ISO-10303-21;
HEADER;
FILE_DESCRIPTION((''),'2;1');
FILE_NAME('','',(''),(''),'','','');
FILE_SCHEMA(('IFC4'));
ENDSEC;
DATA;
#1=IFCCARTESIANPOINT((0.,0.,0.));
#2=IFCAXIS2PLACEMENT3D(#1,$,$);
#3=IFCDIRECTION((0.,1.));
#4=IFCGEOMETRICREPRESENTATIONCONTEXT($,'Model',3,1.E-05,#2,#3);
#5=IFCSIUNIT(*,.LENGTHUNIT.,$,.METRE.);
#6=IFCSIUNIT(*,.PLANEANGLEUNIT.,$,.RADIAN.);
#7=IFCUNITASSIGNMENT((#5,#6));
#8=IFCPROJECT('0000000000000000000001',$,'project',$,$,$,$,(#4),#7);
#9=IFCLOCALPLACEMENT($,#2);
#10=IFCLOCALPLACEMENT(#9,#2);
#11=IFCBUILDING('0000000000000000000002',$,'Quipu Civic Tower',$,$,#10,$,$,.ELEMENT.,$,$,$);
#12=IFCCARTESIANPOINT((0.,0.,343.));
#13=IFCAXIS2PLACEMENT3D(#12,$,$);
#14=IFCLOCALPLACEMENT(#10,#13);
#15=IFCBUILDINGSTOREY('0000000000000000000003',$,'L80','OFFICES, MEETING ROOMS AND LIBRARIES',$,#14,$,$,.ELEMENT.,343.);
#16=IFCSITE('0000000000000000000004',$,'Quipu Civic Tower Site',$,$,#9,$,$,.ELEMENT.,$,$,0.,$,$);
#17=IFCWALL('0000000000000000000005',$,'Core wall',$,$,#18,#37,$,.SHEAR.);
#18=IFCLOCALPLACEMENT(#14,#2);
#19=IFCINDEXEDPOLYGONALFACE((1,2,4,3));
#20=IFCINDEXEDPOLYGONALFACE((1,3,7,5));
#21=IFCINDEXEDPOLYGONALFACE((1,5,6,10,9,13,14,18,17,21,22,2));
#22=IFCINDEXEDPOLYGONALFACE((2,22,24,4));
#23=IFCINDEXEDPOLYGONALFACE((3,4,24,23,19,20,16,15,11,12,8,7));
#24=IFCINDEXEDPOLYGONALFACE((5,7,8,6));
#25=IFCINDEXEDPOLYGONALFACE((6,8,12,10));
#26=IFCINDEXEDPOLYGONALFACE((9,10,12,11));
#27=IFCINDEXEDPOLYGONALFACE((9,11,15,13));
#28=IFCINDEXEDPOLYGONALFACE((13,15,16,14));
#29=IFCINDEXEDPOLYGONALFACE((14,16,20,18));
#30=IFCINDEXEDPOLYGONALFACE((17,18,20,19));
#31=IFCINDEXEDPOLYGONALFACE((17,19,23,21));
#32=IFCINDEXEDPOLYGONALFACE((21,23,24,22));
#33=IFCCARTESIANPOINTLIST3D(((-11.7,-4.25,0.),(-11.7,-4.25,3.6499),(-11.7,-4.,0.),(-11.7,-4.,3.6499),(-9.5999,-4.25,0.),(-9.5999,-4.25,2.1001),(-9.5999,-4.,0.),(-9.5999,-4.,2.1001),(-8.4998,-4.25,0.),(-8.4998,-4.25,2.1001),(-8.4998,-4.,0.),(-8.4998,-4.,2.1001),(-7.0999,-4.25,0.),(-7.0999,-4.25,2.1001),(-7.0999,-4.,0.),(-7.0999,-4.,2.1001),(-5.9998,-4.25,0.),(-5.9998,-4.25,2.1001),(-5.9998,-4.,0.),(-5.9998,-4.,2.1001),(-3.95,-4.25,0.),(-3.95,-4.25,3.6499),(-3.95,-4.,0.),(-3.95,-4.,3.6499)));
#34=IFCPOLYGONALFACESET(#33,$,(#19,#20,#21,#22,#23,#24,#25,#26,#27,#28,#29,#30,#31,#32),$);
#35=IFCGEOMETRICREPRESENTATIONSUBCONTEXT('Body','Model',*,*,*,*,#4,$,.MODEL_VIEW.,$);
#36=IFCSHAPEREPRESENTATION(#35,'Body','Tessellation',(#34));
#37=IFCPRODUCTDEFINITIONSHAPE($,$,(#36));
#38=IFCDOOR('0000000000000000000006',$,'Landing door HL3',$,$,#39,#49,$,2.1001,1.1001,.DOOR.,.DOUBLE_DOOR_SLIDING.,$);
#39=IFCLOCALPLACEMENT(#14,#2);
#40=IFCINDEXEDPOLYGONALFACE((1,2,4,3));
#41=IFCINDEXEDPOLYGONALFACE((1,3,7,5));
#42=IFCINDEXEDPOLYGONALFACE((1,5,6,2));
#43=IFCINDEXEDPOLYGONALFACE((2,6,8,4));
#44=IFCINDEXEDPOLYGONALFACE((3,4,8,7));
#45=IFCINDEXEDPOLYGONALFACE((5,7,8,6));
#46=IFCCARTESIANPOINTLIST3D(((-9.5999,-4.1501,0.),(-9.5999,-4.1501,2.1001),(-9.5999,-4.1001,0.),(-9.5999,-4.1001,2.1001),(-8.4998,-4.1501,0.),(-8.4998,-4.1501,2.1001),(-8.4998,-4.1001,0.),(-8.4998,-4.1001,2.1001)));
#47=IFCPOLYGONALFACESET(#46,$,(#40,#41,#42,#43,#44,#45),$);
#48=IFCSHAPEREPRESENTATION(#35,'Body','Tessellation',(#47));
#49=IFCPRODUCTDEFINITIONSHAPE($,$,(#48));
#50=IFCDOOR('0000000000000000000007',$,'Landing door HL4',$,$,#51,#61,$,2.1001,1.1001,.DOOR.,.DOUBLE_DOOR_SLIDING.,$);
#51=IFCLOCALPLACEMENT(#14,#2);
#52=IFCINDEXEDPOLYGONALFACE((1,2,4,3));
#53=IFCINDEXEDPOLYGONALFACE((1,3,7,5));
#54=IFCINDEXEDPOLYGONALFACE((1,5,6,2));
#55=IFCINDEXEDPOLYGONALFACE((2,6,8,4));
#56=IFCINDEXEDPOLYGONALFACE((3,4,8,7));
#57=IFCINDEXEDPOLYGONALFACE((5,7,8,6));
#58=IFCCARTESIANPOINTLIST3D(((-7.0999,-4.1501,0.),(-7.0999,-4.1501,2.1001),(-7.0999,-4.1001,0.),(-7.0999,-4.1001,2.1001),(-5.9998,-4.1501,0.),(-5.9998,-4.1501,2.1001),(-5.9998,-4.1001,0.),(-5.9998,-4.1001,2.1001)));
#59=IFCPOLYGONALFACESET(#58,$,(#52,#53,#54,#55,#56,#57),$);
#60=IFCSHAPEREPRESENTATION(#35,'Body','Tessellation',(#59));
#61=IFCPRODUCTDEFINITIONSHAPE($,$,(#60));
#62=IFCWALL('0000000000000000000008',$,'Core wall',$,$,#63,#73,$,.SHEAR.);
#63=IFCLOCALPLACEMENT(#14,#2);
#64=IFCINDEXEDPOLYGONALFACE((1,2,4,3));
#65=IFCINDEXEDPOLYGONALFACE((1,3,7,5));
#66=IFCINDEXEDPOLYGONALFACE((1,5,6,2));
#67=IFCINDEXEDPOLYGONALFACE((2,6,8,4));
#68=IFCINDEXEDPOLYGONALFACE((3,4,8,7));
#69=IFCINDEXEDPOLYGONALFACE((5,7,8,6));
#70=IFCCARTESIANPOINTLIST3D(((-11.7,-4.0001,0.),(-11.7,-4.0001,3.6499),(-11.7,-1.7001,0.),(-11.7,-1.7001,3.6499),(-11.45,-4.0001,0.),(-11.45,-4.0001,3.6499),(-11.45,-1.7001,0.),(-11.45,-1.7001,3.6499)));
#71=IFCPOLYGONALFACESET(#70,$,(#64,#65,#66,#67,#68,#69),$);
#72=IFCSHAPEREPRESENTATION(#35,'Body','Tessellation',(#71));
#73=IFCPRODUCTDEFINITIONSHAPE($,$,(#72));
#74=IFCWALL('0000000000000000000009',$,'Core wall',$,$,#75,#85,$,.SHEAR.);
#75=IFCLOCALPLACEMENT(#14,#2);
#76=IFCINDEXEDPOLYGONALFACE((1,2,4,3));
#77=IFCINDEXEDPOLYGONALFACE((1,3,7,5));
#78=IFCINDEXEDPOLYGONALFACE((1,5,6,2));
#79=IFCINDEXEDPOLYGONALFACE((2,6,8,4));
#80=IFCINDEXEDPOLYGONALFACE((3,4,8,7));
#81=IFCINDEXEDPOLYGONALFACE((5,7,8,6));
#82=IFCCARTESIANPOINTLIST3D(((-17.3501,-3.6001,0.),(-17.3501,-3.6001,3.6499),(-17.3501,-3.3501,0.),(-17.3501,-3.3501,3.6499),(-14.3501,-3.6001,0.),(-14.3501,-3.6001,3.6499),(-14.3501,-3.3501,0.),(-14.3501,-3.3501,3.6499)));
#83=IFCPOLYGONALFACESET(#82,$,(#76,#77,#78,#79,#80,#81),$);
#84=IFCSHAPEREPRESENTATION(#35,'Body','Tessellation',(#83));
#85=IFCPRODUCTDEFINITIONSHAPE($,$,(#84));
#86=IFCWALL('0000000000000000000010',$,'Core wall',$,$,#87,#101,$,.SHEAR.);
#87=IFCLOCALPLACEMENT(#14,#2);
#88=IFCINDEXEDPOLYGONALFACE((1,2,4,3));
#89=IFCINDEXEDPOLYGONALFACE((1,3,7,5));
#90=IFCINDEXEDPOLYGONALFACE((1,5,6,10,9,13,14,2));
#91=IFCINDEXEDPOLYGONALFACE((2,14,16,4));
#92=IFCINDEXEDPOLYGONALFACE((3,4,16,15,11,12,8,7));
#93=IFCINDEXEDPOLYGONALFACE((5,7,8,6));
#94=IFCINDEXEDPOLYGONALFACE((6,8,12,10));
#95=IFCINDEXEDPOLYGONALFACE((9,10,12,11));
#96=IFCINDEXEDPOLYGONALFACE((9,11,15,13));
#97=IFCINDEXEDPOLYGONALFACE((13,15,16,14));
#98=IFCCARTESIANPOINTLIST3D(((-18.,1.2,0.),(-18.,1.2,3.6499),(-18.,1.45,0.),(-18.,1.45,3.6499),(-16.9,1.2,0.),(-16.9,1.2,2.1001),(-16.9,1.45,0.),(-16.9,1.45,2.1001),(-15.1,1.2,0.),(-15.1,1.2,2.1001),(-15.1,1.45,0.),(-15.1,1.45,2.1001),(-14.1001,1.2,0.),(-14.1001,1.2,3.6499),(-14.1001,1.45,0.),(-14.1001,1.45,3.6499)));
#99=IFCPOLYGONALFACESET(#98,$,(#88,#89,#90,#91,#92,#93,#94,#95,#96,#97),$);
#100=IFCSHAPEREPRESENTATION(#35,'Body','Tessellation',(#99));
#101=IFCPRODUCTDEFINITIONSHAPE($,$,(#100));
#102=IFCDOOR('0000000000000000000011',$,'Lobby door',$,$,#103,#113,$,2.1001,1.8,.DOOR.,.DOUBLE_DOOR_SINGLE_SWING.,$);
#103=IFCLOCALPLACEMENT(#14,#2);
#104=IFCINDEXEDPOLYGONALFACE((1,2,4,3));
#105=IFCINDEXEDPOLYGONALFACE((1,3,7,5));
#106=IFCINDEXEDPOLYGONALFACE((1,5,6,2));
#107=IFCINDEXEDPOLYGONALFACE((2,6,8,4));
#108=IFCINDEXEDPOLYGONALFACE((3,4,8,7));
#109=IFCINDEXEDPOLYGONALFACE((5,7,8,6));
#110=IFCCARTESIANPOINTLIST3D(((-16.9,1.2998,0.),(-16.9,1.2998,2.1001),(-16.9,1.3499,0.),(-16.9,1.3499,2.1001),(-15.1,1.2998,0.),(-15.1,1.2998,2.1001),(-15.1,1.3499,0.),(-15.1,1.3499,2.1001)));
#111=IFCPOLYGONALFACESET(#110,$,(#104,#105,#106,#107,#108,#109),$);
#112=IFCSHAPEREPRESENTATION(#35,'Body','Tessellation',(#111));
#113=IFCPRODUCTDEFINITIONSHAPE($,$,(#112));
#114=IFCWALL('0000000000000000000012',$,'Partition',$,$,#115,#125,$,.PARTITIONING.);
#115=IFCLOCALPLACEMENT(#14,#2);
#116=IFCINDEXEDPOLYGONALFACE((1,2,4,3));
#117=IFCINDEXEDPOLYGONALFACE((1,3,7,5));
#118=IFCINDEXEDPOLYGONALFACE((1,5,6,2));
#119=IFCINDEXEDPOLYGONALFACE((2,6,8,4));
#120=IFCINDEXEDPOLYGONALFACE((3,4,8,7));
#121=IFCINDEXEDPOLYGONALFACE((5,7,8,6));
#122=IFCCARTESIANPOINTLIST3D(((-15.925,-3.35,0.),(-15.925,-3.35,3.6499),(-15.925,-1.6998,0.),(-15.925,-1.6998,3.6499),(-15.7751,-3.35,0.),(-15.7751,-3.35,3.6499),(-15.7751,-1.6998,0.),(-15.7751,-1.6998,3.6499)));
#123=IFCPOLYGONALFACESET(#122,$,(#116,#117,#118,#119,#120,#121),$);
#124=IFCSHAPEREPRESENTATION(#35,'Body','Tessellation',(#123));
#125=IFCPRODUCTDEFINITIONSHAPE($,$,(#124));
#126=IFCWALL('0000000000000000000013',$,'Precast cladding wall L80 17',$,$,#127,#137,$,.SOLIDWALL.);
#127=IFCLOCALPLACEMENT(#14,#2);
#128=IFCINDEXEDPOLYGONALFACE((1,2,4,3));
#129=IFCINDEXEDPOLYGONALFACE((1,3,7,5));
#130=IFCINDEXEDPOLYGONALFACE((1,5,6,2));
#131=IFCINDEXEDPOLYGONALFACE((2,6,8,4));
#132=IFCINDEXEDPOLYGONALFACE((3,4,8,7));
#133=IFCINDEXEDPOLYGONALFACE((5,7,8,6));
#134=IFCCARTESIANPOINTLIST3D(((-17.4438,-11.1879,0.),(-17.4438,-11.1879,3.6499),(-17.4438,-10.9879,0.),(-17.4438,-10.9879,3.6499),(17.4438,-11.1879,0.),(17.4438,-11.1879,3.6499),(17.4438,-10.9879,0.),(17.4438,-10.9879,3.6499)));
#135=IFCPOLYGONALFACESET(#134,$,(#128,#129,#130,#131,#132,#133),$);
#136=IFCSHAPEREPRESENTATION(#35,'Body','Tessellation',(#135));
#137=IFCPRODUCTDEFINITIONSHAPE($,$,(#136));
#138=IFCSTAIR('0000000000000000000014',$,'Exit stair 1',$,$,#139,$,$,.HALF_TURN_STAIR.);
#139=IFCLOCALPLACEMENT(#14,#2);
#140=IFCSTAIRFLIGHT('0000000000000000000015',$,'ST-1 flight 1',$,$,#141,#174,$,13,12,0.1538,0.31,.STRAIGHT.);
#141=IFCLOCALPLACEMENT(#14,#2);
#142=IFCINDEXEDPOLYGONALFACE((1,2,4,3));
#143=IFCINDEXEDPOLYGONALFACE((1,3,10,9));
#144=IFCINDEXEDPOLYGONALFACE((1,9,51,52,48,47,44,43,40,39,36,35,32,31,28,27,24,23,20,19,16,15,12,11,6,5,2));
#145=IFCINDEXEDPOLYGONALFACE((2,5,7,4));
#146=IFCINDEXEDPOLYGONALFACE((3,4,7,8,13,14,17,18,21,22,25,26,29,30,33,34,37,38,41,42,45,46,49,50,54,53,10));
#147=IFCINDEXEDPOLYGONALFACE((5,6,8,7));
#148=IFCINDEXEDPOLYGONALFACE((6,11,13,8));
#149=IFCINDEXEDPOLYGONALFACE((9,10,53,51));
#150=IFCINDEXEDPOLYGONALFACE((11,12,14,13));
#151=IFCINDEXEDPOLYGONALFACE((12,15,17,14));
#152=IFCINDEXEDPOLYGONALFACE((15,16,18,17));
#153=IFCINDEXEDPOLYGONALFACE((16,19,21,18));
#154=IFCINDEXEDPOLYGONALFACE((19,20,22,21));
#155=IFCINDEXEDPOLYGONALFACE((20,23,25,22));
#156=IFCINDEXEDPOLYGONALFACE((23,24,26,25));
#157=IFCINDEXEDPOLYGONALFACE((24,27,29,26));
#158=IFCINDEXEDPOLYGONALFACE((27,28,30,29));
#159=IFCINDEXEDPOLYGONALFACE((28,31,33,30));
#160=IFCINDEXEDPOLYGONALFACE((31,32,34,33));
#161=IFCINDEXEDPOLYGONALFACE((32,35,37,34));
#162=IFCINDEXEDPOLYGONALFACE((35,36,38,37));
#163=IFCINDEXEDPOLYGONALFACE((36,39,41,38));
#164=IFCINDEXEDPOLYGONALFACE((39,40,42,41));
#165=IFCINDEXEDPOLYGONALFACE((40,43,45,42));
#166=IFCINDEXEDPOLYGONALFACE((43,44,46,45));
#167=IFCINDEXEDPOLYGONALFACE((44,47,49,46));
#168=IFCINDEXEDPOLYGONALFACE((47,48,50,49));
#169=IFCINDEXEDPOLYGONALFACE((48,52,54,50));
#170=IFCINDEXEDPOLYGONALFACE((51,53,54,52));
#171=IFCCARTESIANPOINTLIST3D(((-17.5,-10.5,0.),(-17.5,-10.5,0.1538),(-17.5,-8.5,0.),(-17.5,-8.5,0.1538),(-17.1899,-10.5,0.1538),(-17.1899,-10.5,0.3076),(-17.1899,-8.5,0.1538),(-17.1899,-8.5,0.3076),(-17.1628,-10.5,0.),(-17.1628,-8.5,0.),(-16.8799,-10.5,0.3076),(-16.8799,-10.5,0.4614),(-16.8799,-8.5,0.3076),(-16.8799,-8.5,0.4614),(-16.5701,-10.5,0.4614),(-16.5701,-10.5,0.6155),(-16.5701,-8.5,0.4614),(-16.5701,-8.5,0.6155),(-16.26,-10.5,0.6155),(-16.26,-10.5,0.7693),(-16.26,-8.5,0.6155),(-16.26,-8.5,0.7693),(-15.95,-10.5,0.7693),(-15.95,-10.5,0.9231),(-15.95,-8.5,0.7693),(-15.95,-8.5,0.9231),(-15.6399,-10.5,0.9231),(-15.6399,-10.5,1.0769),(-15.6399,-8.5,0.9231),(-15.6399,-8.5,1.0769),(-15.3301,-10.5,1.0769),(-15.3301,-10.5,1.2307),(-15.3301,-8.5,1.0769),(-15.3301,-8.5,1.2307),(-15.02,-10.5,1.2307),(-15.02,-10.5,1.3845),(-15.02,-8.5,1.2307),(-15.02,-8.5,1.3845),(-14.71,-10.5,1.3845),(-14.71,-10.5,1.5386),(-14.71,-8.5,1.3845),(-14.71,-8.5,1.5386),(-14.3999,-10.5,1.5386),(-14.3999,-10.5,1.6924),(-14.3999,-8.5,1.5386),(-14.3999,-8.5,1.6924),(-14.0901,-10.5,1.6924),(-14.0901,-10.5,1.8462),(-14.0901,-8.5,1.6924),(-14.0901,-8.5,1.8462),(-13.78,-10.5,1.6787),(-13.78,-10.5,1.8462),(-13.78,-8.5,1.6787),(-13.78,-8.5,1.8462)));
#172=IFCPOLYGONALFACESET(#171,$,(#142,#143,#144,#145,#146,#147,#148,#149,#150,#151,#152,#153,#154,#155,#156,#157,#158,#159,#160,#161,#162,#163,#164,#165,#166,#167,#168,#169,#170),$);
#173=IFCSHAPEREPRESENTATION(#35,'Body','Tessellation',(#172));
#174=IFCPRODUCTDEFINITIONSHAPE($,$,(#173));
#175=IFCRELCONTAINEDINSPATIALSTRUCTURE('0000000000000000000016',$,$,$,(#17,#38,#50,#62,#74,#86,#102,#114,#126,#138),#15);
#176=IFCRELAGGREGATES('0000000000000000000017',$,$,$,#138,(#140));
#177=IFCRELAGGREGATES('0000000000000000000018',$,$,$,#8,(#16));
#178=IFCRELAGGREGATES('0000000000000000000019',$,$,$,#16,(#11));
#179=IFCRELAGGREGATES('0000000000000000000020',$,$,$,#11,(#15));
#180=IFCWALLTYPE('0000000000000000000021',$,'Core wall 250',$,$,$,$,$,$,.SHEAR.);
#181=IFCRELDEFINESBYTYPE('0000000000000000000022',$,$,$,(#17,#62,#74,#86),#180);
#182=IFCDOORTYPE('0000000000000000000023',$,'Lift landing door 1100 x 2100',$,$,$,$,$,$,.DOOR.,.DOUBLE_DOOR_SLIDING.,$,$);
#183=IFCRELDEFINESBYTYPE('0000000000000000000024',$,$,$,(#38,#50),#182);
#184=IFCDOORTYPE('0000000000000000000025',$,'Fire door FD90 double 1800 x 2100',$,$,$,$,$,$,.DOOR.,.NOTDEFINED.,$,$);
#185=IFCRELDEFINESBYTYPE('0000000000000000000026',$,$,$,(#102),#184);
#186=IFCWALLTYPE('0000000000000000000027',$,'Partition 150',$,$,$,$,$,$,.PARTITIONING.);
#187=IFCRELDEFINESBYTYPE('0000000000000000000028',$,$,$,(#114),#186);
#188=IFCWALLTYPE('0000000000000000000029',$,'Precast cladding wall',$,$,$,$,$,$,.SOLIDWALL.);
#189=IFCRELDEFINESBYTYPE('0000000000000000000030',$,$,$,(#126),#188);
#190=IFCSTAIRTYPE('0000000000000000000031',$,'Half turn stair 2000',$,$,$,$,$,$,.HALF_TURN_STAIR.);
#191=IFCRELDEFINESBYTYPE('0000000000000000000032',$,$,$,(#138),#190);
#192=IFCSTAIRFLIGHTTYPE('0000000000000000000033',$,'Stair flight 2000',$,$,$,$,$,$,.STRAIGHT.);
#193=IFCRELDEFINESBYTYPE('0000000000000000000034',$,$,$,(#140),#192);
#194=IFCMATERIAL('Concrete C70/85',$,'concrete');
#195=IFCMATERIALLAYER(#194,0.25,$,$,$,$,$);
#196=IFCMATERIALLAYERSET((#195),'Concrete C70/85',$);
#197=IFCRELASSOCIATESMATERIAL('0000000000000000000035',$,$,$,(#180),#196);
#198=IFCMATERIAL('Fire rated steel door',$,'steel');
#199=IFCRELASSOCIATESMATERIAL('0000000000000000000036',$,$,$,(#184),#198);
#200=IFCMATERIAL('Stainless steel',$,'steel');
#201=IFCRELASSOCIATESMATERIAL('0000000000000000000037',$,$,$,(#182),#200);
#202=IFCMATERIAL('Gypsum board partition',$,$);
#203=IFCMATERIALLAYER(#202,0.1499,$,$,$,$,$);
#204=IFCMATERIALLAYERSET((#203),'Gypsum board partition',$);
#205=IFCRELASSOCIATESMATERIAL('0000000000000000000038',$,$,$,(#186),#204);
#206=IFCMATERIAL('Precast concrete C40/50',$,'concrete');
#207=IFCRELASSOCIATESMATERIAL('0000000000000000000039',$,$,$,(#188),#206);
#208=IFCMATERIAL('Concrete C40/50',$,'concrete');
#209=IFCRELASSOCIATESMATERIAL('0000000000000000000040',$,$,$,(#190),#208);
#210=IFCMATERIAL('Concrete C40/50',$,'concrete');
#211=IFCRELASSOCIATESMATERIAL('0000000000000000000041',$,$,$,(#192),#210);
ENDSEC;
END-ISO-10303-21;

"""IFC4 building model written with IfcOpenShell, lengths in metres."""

from ifc_helpers import new_model, si_unit, direction, frame, frame_2d, origin, place, context, subcontext, project, spatial, polyline, rectangle, outline, extrude, material, layer, layer_set, type_object, element, fill, aggregate, save


model = new_model("IFC4")

# Units and contexts
model_context = context("Model", 3, precision=1e-05, world=origin(), true_north=direction((0.0, 1.0)))
body_context = subcontext(model_context, "Body", "Model", "MODEL_VIEW")
ifc_project = project(units=[si_unit("LENGTHUNIT", "METRE"), si_unit("PLANEANGLEUNIT", "RADIAN")], contexts=[model_context])

# Site, building, storey
site_placement = place(None, origin())
site = spatial("IfcSite", under=ifc_project, at=site_placement, Name="Quipu Civic Tower Site", CompositionType="ELEMENT", RefElevation=0.0)
building_placement = place(site_placement, origin())
building = spatial("IfcBuilding", under=site, at=building_placement, Name="Quipu Civic Tower", CompositionType="ELEMENT")
storey_placement = place(building_placement, frame((0.0, 0.0, 343.0)))
storey = spatial("IfcBuildingStorey", under=building, at=storey_placement, Name="L80", Description="OFFICES, MEETING ROOMS AND LIBRARIES", CompositionType="ELEMENT", Elevation=343.0)

# Shared definitions
ifc_material_1 = material(Name="Concrete C70/85", Category="concrete")
ifc_layer_1 = layer(ifc_material_1, 0.25)
ifc_layer_set_1 = layer_set([ifc_layer_1], Name="Concrete C70/85")
wall_type_1 = type_object("IfcWallType", Name="Core wall 250", PredefinedType="SHEAR", material=ifc_layer_set_1)

# Shared definitions
ifc_material_2 = material(Name="Fire rated steel door", Category="steel")
door_type_1 = type_object("IfcDoorType", Name="Fire door FD90 double 1800 x 2100", OperationType="NOTDEFINED", PredefinedType="DOOR", material=ifc_material_2)

# Wall, openings, doors
wall_1_placement = place(storey_placement, frame((-11.7, -4.125, 0.0), z_axis=(0.0, 0.0, 1.0), x_axis=(1.0, 0.0, 0.0)))
wall_1 = element("IfcWall", 1, at=wall_1_placement, inside=storey, type_object=wall_type_1, Name="Core wall", PredefinedType="SHEAR", context=body_context, shape_type="SweptSolid", body=[
    extrude(rectangle(XDim=7.75, YDim=0.25, at=frame_2d((3.875, 0.0))), origin(), (0.0, 0.0, 1.0), 3.6499),
])
opening_1_placement = place(wall_1_placement, frame((2.1001, 0.0, 0.0)))
opening_1 = element("IfcOpeningElement", 2, at=opening_1_placement, cuts=wall_1, PredefinedType="OPENING", context=body_context, shape_type="SweptSolid", body=[
    extrude(rectangle(XDim=1.1001, YDim=2.1001, at=frame_2d((0.55, 1.05))), frame((0.0, 0.135, 0.0), z_axis=(0.0, -1.0, 0.0), x_axis=(1.0, 0.0, 0.0)), (0.0, 0.0, 1.0), 0.27),
])
opening_2_placement = place(wall_1_placement, frame((4.6001, 0.0, 0.0)))
opening_2 = element("IfcOpeningElement", 3, at=opening_2_placement, cuts=wall_1, PredefinedType="OPENING", context=body_context, shape_type="SweptSolid", body=[
    extrude(rectangle(XDim=1.1001, YDim=2.1001, at=frame_2d((0.55, 1.05))), frame((0.0, 0.135, 0.0), z_axis=(0.0, -1.0, 0.0), x_axis=(1.0, 0.0, 0.0)), (0.0, 0.0, 1.0), 0.27),
])
ifc_material_3 = material(Name="Stainless steel", Category="steel")
door_type_2 = type_object("IfcDoorType", Name="Lift landing door 1100 x 2100", OperationType="DOUBLE_DOOR_SLIDING", PredefinedType="DOOR", material=ifc_material_3)
door_1_placement = place(opening_1_placement, origin())
door_1 = element("IfcDoor", 4, at=door_1_placement, inside=storey, type_object=door_type_2, Name="Landing door HL3", OperationType="DOUBLE_DOOR_SLIDING", OverallHeight=2.1001, OverallWidth=1.1001, PredefinedType="DOOR", context=body_context, shape_type="SweptSolid", body=[
    extrude(rectangle(XDim=1.1001, YDim=2.1001, at=frame_2d((0.55, 1.05))), frame((0.0, 0.0249, 0.0), z_axis=(0.0, -1.0, 0.0), x_axis=(1.0, 0.0, 0.0)), (0.0, 0.0, 1.0), 0.05),
])
fill(opening_1, door_1)
door_2_placement = place(opening_2_placement, origin())
door_2 = element("IfcDoor", 5, at=door_2_placement, inside=storey, type_object=door_type_2, Name="Landing door HL4", OperationType="DOUBLE_DOOR_SLIDING", OverallHeight=2.1001, OverallWidth=1.1001, PredefinedType="DOOR", context=body_context, shape_type="SweptSolid", body=[
    extrude(rectangle(XDim=1.1001, YDim=2.1001, at=frame_2d((0.55, 1.05))), frame((0.0, 0.0249, 0.0), z_axis=(0.0, -1.0, 0.0), x_axis=(1.0, 0.0, 0.0)), (0.0, 0.0, 1.0), 0.05),
])
fill(opening_2, door_2)

# Walls
wall_2_placement = place(storey_placement, frame((-11.575, -4.0, 0.0), z_axis=(0.0, 0.0, 1.0), x_axis=(0.0, 1.0, 0.0)))
element("IfcWall", 6, at=wall_2_placement, inside=storey, type_object=wall_type_1, Name="Core wall", PredefinedType="SHEAR", context=body_context, shape_type="SweptSolid", body=[
    extrude(rectangle(XDim=2.3, YDim=0.25, at=frame_2d((1.1499, 0.0))), origin(), (0.0, 0.0, 1.0), 3.6499),
])
wall_3_placement = place(storey_placement, frame((-17.3501, -3.4751, 0.0), z_axis=(0.0, 0.0, 1.0), x_axis=(1.0, 0.0, 0.0)))
element("IfcWall", 7, at=wall_3_placement, inside=storey, type_object=wall_type_1, Name="Core wall", PredefinedType="SHEAR", context=body_context, shape_type="SweptSolid", body=[
    extrude(rectangle(XDim=3.0, YDim=0.25, at=frame_2d((1.5, 0.0))), origin(), (0.0, 0.0, 1.0), 3.6499),
])

# Wall, opening, door
wall_4_placement = place(storey_placement, frame((-18.0, 1.325, 0.0), z_axis=(0.0, 0.0, 1.0), x_axis=(1.0, 0.0, 0.0)))
wall_4 = element("IfcWall", 8, at=wall_4_placement, inside=storey, type_object=wall_type_1, Name="Core wall", PredefinedType="SHEAR", context=body_context, shape_type="SweptSolid", body=[
    extrude(rectangle(XDim=3.8999, YDim=0.25, at=frame_2d((1.95, 0.0))), origin(), (0.0, 0.0, 1.0), 3.6499),
])
opening_3_placement = place(wall_4_placement, frame((1.1001, 0.0, 0.0)))
opening_3 = element("IfcOpeningElement", 9, at=opening_3_placement, cuts=wall_4, PredefinedType="OPENING", context=body_context, shape_type="SweptSolid", body=[
    extrude(rectangle(XDim=1.8, YDim=2.1001, at=frame_2d((0.8999, 1.05))), frame((0.0, 0.135, 0.0), z_axis=(0.0, -1.0, 0.0), x_axis=(1.0, 0.0, 0.0)), (0.0, 0.0, 1.0), 0.27),
])
door_3_placement = place(opening_3_placement, origin())
door_3 = element("IfcDoor", 10, at=door_3_placement, inside=storey, type_object=door_type_1, Name="Lobby door", OperationType="DOUBLE_DOOR_SINGLE_SWING", OverallHeight=2.1001, OverallWidth=1.8, PredefinedType="DOOR", context=body_context, shape_type="SweptSolid", body=[
    extrude(rectangle(XDim=1.8, YDim=2.1001, at=frame_2d((0.8999, 1.05))), frame((0.0, 0.0249, 0.0), z_axis=(0.0, -1.0, 0.0), x_axis=(1.0, 0.0, 0.0)), (0.0, 0.0, 1.0), 0.05),
])
fill(opening_3, door_3)

# Walls
ifc_material_4 = material(Name="Gypsum board partition")
ifc_layer_2 = layer(ifc_material_4, 0.1499)
ifc_layer_set_2 = layer_set([ifc_layer_2], Name="Gypsum board partition")
wall_type_2 = type_object("IfcWallType", Name="Partition 150", PredefinedType="PARTITIONING", material=ifc_layer_set_2)
wall_5_placement = place(storey_placement, frame((-15.8501, -3.3501, 0.0), z_axis=(0.0, 0.0, 1.0), x_axis=(0.0, 1.0, 0.0)))
element("IfcWall", 11, at=wall_5_placement, inside=storey, type_object=wall_type_2, Name="Partition", PredefinedType="PARTITIONING", context=body_context, shape_type="SweptSolid", body=[
    extrude(rectangle(XDim=1.6501, YDim=0.1499, at=frame_2d((0.8252, 0.0))), origin(), (0.0, 0.0, 1.0), 3.6499),
])
ifc_material_5 = material(Name="Precast concrete C40/50", Category="concrete")
wall_type_3 = type_object("IfcWallType", Name="Precast cladding wall", PredefinedType="SOLIDWALL", material=ifc_material_5)
wall_6_placement = place(storey_placement, frame((-17.4438, -11.0879, 0.0), z_axis=(0.0, 0.0, 1.0), x_axis=(1.0, 0.0, 0.0)))
element("IfcWall", 12, at=wall_6_placement, inside=storey, type_object=wall_type_3, Name="Precast cladding wall L80 17", PredefinedType="SOLIDWALL", context=body_context, shape_type="SweptSolid", body=[
    extrude(rectangle(XDim=34.8877, YDim=0.2, at=frame_2d((17.4438, 0.0))), origin(), (0.0, 0.0, 1.0), 3.6499),
])

# Stair, stair flight
ifc_material_6 = material(Name="Concrete C40/50", Category="concrete")
stair_type = type_object("IfcStairType", Name="Half turn stair 2000", PredefinedType="HALF_TURN_STAIR", material=ifc_material_6)
stair_placement = place(storey_placement, origin())
stair = element("IfcStair", 13, at=stair_placement, inside=storey, type_object=stair_type, Name="Exit stair 1", PredefinedType="HALF_TURN_STAIR")
ifc_material_7 = material(Name="Concrete C40/50", Category="concrete")
stair_flight_type = type_object("IfcStairFlightType", Name="Stair flight 2000", PredefinedType="STRAIGHT", material=ifc_material_7)
stair_flight_1_placement = place(storey_placement, frame((-17.5, -9.5, 0.0), z_axis=(0.0, 0.0, 1.0), x_axis=(1.0, 0.0, 0.0)))
stair_flight_1 = element("IfcStairFlight", 14, at=stair_flight_1_placement, type_object=stair_flight_type, Name="ST-1 flight 1", NumberOfRisers=13, NumberOfTreads=12, PredefinedType="STRAIGHT", RiserHeight=0.1538, TreadLength=0.31, context=body_context, shape_type="SweptSolid", body=[
    extrude(outline(polyline([(0.0, 0.0), (0.0, 0.1538), (0.3101, 0.1538), (0.3101, 0.3076), (0.6201, 0.3076), (0.6201, 0.4614), (0.9299, 0.4614), (0.9299, 0.6155), (1.24, 0.6155), (1.24, 0.7693), (1.55, 0.7693), (1.55, 0.9231), (1.8601, 0.9231), (1.8601, 1.0769), (2.1699, 1.0769), (2.1699, 1.2307), (2.48, 1.2307), (2.48, 1.3845), (2.79, 1.3845), (2.79, 1.5386), (3.1001, 1.5386), (3.1001, 1.6924), (3.4099, 1.6924), (3.4099, 1.8462), (3.72, 1.8462), (3.72, 2.0), (3.72, 1.6787), (0.3372, 0.0), (0.0, 0.0)])), frame((0.0, 1.0, 0.0), z_axis=(0.0, -1.0, 0.0), x_axis=(1.0, 0.0, 0.0)), (0.0, 0.0, 1.0), 2.0),
])
aggregate(stair, [stair_flight_1])

save(model, "model.ifc")
